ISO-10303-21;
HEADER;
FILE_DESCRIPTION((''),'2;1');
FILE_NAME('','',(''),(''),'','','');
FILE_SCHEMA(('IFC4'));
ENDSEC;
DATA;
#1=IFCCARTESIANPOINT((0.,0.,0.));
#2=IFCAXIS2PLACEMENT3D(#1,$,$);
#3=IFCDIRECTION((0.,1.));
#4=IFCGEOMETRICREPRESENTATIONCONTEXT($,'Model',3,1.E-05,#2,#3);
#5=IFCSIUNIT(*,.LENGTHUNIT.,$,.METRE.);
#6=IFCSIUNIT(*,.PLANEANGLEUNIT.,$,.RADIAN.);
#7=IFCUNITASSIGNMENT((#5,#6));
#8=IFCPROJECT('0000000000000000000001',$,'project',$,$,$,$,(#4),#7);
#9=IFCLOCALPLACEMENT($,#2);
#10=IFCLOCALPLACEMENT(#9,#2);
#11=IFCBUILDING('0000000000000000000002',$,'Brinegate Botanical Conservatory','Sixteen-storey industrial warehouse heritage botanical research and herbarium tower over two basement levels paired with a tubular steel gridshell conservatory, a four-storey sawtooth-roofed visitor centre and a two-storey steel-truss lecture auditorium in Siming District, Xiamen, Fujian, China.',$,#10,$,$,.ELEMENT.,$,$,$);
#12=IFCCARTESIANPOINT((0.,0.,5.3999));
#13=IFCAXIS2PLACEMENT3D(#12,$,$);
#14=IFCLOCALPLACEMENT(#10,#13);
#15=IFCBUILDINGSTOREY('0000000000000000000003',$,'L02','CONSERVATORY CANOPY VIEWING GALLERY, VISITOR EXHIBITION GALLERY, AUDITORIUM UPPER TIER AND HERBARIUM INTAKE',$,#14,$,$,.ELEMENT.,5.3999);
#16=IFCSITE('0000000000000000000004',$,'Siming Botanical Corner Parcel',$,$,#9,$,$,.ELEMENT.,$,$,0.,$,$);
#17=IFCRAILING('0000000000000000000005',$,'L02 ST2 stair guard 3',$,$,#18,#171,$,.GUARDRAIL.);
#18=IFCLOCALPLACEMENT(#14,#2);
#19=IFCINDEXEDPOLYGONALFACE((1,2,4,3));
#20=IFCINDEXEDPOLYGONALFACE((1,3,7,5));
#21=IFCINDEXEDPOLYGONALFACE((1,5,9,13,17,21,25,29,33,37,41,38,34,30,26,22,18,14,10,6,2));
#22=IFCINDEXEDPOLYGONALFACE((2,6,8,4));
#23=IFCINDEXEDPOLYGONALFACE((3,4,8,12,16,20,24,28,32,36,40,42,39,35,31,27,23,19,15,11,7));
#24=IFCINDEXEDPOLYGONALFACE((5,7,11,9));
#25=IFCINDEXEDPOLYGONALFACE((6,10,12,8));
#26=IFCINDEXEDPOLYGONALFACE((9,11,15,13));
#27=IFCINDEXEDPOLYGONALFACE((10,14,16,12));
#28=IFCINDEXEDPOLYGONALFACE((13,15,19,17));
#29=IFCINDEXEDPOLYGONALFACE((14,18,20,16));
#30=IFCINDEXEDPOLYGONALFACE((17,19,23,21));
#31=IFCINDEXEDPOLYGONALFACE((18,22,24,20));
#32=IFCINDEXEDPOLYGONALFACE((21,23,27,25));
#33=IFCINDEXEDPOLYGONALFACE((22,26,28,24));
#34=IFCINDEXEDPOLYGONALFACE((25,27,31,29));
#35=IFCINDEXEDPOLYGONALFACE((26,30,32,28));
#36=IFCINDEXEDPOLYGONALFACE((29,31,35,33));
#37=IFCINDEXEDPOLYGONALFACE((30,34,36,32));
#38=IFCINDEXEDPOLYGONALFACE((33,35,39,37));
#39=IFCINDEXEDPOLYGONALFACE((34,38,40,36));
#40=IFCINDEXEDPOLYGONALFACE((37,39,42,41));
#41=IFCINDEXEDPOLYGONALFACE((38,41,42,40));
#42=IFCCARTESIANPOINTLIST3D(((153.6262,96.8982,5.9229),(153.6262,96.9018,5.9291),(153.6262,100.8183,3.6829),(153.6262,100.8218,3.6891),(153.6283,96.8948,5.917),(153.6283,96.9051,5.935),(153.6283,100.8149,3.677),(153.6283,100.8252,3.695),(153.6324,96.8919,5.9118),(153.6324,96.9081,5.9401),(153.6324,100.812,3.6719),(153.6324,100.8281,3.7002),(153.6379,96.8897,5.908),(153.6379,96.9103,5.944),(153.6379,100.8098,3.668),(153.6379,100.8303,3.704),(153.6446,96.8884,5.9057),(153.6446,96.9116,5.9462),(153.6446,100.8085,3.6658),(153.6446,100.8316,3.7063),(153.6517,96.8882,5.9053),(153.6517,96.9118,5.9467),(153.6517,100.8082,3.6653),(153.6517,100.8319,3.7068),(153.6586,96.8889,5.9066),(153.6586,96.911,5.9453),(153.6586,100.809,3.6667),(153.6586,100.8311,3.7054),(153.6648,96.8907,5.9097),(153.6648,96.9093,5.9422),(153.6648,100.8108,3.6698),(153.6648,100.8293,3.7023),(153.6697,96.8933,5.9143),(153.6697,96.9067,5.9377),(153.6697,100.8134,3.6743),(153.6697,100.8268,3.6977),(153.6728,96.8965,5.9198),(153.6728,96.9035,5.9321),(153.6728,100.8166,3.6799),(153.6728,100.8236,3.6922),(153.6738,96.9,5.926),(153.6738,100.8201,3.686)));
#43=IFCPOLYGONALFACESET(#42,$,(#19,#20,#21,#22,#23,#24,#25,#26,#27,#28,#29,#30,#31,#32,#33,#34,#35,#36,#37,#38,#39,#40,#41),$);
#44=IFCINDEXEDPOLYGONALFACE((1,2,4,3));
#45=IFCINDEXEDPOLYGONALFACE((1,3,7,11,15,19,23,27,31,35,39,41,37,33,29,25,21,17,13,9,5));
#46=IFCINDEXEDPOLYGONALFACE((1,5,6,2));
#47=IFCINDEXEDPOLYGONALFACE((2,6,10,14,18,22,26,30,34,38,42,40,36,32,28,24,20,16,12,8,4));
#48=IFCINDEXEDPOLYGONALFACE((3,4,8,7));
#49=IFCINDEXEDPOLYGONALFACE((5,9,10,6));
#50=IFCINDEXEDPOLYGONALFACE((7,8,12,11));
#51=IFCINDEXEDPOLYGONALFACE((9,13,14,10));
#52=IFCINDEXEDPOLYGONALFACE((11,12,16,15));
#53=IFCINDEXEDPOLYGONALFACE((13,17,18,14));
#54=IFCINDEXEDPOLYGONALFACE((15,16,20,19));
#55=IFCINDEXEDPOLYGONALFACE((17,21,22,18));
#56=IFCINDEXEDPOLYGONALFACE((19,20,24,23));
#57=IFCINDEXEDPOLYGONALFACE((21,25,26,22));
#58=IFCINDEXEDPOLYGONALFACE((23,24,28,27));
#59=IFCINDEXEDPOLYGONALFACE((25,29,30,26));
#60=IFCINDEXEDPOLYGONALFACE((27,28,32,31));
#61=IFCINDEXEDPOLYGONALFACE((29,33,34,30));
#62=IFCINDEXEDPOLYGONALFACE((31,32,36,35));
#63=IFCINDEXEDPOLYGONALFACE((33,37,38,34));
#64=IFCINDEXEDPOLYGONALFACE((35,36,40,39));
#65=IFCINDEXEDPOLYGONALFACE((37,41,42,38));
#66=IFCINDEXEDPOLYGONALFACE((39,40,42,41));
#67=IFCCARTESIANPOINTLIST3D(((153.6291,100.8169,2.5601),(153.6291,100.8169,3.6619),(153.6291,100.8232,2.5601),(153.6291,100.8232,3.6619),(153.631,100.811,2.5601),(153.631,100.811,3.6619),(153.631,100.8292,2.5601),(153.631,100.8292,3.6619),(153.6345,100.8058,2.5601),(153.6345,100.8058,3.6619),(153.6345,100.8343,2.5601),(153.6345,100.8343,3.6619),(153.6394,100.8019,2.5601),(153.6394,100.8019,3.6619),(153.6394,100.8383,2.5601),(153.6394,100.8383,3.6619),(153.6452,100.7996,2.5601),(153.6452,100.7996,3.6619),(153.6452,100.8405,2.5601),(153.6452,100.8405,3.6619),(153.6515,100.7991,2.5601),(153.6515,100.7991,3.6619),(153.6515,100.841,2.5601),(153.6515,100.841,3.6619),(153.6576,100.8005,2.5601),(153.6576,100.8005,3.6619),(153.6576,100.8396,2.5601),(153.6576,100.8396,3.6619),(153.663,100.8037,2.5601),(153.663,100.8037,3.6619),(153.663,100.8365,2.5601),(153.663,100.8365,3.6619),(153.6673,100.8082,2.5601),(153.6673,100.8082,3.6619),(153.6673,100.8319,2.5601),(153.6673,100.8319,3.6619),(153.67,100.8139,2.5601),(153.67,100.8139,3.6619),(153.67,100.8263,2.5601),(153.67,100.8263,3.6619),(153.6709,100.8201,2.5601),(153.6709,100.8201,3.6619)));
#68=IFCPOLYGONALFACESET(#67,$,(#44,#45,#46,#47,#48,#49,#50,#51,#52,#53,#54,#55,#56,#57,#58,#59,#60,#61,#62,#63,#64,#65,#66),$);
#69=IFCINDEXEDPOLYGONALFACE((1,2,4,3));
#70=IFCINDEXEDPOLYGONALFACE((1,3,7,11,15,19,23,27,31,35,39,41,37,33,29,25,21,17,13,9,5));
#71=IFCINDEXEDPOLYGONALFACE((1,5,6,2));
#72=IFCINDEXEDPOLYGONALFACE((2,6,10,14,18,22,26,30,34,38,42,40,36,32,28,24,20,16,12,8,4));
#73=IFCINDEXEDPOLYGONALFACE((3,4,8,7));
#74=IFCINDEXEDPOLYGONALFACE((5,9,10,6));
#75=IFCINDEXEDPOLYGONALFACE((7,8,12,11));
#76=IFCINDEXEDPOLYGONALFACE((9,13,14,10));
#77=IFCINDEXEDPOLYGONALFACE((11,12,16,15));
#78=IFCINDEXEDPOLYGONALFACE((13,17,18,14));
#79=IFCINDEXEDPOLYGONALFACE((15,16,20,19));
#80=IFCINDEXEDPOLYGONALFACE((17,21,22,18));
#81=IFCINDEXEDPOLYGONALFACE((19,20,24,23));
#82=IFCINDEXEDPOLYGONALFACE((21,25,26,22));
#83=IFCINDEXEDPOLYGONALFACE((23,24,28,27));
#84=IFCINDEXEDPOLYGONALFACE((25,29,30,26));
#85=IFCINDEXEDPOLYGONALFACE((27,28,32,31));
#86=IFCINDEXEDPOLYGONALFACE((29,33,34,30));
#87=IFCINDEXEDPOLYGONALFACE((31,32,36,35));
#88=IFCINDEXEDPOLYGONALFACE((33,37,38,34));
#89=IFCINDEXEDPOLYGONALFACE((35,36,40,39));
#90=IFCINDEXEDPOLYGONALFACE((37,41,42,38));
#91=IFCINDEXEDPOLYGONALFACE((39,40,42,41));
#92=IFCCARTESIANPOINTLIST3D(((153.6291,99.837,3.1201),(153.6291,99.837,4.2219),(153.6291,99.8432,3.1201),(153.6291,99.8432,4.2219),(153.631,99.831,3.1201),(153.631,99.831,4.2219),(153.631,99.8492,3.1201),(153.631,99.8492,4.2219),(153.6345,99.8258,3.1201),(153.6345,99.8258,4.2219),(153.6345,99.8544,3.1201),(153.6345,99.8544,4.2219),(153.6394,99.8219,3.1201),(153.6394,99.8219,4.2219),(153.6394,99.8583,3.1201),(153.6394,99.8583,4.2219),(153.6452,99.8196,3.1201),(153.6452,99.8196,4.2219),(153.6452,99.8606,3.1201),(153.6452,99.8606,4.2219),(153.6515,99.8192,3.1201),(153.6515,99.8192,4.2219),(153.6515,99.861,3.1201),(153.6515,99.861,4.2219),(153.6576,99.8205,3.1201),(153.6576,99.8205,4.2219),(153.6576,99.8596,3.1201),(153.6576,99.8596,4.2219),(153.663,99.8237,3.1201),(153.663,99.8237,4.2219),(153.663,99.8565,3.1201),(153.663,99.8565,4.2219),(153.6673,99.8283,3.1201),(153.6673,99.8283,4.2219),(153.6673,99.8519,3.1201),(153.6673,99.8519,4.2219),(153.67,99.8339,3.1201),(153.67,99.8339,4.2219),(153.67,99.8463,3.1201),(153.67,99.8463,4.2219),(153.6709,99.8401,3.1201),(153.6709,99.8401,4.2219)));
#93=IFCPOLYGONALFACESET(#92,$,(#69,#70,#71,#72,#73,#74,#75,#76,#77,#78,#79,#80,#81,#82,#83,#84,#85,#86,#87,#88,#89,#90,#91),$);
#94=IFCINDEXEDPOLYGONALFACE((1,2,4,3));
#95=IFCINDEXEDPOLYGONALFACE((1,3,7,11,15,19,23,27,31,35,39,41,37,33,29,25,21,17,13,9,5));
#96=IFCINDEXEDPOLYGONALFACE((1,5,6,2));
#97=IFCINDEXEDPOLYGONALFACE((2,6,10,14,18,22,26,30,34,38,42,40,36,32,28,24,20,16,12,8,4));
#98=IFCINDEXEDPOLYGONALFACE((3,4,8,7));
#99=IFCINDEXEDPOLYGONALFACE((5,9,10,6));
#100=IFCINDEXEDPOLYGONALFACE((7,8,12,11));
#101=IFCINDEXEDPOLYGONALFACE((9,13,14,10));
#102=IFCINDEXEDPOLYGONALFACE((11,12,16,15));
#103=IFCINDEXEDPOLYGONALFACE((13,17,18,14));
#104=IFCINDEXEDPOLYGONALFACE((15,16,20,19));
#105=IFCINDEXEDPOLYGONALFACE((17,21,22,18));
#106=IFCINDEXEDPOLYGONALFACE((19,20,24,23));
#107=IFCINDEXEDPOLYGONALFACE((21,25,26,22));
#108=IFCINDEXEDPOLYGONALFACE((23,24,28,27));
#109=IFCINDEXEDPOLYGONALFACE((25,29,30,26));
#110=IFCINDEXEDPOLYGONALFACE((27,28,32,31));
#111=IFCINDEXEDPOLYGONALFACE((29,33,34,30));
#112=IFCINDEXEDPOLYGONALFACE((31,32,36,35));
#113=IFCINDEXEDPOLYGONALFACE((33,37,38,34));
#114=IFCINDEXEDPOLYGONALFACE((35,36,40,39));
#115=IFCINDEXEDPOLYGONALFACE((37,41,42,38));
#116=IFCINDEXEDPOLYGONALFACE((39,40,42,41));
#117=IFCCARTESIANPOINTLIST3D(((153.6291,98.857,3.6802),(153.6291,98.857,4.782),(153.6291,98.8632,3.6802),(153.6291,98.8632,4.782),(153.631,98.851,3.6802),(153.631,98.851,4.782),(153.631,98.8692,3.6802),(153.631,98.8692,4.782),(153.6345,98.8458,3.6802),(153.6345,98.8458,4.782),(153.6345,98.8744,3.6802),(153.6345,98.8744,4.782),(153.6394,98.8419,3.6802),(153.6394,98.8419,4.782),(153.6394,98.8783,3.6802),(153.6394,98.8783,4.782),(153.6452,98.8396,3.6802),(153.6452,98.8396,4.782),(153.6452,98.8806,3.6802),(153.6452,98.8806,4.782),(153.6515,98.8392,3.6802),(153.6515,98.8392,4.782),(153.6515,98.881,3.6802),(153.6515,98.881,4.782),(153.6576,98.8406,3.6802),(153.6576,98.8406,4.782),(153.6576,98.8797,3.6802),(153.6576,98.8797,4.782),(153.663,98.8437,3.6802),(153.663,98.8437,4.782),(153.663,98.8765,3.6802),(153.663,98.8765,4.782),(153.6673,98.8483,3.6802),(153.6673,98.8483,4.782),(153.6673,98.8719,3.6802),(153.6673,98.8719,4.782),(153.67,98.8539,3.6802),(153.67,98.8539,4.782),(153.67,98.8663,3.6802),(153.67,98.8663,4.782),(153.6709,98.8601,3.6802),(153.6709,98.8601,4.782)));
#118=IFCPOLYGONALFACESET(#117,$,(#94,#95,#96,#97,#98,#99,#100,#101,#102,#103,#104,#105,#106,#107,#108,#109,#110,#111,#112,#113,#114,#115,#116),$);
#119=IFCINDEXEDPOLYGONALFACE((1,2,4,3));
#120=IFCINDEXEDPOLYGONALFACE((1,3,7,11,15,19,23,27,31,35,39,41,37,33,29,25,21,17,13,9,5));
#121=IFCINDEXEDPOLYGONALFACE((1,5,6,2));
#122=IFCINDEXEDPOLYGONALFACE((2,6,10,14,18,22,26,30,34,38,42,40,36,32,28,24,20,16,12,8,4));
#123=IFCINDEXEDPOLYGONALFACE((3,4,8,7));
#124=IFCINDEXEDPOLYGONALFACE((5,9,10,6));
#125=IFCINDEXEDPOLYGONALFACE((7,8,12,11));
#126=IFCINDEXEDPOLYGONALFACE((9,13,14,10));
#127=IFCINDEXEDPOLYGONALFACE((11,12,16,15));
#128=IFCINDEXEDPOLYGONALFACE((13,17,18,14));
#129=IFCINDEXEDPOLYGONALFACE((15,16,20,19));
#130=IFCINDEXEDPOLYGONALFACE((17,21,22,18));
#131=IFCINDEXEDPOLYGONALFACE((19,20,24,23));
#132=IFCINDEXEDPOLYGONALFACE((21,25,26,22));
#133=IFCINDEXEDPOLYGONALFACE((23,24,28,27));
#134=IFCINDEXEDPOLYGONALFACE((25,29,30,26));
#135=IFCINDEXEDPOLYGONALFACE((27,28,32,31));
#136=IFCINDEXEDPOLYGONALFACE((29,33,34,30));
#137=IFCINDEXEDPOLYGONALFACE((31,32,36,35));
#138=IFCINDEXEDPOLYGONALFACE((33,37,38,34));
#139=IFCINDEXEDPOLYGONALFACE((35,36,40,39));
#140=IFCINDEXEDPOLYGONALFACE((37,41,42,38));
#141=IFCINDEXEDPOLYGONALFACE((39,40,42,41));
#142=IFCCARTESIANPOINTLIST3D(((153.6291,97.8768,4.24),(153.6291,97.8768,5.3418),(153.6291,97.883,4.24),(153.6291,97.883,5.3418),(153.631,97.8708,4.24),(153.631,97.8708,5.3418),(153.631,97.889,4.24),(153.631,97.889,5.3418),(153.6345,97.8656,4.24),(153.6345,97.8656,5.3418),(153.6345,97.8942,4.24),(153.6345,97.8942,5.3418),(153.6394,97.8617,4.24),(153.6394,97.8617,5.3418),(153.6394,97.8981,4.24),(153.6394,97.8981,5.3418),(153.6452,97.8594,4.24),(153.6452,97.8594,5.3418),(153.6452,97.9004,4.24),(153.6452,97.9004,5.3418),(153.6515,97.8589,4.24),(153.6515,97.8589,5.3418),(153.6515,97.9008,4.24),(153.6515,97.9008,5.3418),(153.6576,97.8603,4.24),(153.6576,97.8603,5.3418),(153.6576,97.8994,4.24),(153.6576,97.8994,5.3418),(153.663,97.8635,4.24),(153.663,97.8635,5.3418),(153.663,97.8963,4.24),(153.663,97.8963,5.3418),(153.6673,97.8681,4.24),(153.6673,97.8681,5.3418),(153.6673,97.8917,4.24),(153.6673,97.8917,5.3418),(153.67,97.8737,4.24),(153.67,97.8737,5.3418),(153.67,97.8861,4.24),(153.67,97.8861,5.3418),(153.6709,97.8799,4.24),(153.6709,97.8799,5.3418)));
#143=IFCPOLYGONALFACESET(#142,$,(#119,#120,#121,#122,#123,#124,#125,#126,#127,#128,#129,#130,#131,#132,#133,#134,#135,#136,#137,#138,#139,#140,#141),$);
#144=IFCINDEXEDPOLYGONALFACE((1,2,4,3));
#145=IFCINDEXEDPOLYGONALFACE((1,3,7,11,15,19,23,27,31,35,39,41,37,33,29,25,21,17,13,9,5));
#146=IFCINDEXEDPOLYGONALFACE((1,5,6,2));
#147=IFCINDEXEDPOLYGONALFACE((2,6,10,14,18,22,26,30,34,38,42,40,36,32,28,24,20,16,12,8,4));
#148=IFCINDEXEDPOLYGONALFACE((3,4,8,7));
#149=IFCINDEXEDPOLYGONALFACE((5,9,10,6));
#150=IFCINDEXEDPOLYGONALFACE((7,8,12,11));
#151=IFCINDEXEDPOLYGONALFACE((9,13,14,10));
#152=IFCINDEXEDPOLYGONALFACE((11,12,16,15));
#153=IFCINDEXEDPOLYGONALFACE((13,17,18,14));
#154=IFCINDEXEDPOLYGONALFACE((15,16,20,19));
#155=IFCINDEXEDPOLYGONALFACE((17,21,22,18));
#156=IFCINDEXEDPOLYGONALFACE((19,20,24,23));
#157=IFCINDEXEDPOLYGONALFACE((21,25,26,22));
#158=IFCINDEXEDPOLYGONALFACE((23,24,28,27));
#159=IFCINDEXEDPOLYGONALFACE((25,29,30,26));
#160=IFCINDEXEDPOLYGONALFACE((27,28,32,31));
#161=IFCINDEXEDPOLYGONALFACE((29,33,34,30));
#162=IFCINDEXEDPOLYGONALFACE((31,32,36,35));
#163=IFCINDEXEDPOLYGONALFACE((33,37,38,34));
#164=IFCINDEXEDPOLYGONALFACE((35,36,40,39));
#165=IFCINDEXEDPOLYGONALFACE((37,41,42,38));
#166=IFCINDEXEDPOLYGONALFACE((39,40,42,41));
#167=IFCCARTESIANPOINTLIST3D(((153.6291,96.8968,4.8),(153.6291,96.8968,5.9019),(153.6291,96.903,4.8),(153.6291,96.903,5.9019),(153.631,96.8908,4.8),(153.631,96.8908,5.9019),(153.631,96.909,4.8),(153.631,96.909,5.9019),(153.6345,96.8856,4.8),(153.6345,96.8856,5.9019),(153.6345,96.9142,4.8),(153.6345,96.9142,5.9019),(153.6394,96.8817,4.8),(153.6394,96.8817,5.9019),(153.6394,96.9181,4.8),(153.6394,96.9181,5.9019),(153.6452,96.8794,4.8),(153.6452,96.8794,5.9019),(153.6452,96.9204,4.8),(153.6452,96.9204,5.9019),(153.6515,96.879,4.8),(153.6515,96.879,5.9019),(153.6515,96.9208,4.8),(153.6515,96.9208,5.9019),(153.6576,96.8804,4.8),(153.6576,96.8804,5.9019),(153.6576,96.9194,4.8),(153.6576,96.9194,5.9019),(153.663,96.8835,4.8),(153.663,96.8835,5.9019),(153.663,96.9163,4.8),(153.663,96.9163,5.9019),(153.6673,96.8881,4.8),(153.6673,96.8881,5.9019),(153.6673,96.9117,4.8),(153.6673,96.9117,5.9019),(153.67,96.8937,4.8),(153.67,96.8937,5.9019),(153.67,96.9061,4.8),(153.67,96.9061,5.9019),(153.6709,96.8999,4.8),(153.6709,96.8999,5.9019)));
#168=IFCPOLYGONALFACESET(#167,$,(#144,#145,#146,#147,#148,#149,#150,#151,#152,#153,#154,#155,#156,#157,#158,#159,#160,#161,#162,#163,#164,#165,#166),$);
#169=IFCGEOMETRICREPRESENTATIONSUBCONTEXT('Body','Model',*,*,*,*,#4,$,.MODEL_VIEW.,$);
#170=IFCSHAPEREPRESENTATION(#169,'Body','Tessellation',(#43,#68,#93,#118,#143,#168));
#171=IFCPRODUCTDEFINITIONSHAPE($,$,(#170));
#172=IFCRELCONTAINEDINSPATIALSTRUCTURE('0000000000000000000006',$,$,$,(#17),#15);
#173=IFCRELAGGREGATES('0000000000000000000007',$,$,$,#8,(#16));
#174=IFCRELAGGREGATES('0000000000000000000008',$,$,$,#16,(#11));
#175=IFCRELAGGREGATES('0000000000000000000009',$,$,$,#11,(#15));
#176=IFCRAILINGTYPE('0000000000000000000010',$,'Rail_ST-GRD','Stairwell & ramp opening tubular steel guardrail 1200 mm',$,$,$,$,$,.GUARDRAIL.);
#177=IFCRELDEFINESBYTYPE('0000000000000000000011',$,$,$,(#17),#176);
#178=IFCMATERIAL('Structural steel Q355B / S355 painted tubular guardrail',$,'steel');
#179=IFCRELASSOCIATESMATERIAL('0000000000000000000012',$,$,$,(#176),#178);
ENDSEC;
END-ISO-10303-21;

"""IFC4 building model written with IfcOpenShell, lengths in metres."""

from ifc_helpers import new_model, si_unit, direction, frame, origin, origin_2d, place, context, subcontext, project, spatial, circle, extrude, material, type_object, element, save


model = new_model("IFC4")

# Units and contexts
model_context = context("Model", 3, precision=1e-05, world=origin(), true_north=direction((0.0, 1.0)))
body_context = subcontext(model_context, "Body", "Model", "MODEL_VIEW")
ifc_project = project(units=[si_unit("LENGTHUNIT", "METRE"), si_unit("PLANEANGLEUNIT", "RADIAN")], contexts=[model_context])

# Site, building, storey
site_placement = place(None, origin())
site = spatial("IfcSite", under=ifc_project, at=site_placement, Name="Siming Botanical Corner Parcel", CompositionType="ELEMENT", RefElevation=0.0)
building_placement = place(site_placement, origin())
building = spatial("IfcBuilding", under=site, at=building_placement, Name="Brinegate Botanical Conservatory", Description="Sixteen-storey industrial warehouse heritage botanical research and herbarium tower over two basement levels paired with a tubular steel gridshell conservatory, a four-storey sawtooth-roofed visitor centre and a two-storey steel-truss lecture auditorium in Siming District, Xiamen, Fujian, China.", CompositionType="ELEMENT")
storey_placement = place(building_placement, frame((0.0, 0.0, 5.3999)))
storey = spatial("IfcBuildingStorey", under=building, at=storey_placement, Name="L02", Description="CONSERVATORY CANOPY VIEWING GALLERY, VISITOR EXHIBITION GALLERY, AUDITORIUM UPPER TIER AND HERBARIUM INTAKE", CompositionType="ELEMENT", Elevation=5.3999)

# Railing
ifc_material_1 = material(Name="Structural steel Q355B / S355 painted tubular guardrail", Category="steel")
railing_type = type_object("IfcRailingType", Name="Rail_ST-GRD", Description="Stairwell & ramp opening tubular steel guardrail 1200 mm", PredefinedType="GUARDRAIL", material=ifc_material_1)
railing_1_placement = place(storey_placement, frame((153.6499, 100.8201, 2.5601)))
element("IfcRailing", 1, at=railing_1_placement, inside=storey, type_object=railing_type, Name="L02 ST2 stair guard 3", PredefinedType="GUARDRAIL", context=body_context, shape_type="SweptSolid", body=[
    extrude(circle(Radius=0.0239, at=origin_2d()), frame((0.0, 0.0, 1.126), z_axis=(0.0, -0.868253, 0.496121), x_axis=(1.0, 0.0, 0.0)), (0.0, 0.0, 1.0), 4.5149),
    extrude(circle(Radius=0.021, at=origin_2d()), origin(), (0.0, 0.0, 1.0), 1.1018),
    extrude(circle(Radius=0.021, at=origin_2d()), frame((0.0, -0.98, 0.5601)), (0.0, 0.0, 1.0), 1.1018),
    extrude(circle(Radius=0.021, at=origin_2d()), frame((0.0, -1.96, 1.1201)), (0.0, 0.0, 1.0), 1.1018),
    extrude(circle(Radius=0.021, at=origin_2d()), frame((0.0, -2.9402, 1.6799)), (0.0, 0.0, 1.0), 1.1018),
    extrude(circle(Radius=0.021, at=origin_2d()), frame((0.0, -3.9202, 2.24)), (0.0, 0.0, 1.0), 1.1018),
])

save(model, "model.ifc")
